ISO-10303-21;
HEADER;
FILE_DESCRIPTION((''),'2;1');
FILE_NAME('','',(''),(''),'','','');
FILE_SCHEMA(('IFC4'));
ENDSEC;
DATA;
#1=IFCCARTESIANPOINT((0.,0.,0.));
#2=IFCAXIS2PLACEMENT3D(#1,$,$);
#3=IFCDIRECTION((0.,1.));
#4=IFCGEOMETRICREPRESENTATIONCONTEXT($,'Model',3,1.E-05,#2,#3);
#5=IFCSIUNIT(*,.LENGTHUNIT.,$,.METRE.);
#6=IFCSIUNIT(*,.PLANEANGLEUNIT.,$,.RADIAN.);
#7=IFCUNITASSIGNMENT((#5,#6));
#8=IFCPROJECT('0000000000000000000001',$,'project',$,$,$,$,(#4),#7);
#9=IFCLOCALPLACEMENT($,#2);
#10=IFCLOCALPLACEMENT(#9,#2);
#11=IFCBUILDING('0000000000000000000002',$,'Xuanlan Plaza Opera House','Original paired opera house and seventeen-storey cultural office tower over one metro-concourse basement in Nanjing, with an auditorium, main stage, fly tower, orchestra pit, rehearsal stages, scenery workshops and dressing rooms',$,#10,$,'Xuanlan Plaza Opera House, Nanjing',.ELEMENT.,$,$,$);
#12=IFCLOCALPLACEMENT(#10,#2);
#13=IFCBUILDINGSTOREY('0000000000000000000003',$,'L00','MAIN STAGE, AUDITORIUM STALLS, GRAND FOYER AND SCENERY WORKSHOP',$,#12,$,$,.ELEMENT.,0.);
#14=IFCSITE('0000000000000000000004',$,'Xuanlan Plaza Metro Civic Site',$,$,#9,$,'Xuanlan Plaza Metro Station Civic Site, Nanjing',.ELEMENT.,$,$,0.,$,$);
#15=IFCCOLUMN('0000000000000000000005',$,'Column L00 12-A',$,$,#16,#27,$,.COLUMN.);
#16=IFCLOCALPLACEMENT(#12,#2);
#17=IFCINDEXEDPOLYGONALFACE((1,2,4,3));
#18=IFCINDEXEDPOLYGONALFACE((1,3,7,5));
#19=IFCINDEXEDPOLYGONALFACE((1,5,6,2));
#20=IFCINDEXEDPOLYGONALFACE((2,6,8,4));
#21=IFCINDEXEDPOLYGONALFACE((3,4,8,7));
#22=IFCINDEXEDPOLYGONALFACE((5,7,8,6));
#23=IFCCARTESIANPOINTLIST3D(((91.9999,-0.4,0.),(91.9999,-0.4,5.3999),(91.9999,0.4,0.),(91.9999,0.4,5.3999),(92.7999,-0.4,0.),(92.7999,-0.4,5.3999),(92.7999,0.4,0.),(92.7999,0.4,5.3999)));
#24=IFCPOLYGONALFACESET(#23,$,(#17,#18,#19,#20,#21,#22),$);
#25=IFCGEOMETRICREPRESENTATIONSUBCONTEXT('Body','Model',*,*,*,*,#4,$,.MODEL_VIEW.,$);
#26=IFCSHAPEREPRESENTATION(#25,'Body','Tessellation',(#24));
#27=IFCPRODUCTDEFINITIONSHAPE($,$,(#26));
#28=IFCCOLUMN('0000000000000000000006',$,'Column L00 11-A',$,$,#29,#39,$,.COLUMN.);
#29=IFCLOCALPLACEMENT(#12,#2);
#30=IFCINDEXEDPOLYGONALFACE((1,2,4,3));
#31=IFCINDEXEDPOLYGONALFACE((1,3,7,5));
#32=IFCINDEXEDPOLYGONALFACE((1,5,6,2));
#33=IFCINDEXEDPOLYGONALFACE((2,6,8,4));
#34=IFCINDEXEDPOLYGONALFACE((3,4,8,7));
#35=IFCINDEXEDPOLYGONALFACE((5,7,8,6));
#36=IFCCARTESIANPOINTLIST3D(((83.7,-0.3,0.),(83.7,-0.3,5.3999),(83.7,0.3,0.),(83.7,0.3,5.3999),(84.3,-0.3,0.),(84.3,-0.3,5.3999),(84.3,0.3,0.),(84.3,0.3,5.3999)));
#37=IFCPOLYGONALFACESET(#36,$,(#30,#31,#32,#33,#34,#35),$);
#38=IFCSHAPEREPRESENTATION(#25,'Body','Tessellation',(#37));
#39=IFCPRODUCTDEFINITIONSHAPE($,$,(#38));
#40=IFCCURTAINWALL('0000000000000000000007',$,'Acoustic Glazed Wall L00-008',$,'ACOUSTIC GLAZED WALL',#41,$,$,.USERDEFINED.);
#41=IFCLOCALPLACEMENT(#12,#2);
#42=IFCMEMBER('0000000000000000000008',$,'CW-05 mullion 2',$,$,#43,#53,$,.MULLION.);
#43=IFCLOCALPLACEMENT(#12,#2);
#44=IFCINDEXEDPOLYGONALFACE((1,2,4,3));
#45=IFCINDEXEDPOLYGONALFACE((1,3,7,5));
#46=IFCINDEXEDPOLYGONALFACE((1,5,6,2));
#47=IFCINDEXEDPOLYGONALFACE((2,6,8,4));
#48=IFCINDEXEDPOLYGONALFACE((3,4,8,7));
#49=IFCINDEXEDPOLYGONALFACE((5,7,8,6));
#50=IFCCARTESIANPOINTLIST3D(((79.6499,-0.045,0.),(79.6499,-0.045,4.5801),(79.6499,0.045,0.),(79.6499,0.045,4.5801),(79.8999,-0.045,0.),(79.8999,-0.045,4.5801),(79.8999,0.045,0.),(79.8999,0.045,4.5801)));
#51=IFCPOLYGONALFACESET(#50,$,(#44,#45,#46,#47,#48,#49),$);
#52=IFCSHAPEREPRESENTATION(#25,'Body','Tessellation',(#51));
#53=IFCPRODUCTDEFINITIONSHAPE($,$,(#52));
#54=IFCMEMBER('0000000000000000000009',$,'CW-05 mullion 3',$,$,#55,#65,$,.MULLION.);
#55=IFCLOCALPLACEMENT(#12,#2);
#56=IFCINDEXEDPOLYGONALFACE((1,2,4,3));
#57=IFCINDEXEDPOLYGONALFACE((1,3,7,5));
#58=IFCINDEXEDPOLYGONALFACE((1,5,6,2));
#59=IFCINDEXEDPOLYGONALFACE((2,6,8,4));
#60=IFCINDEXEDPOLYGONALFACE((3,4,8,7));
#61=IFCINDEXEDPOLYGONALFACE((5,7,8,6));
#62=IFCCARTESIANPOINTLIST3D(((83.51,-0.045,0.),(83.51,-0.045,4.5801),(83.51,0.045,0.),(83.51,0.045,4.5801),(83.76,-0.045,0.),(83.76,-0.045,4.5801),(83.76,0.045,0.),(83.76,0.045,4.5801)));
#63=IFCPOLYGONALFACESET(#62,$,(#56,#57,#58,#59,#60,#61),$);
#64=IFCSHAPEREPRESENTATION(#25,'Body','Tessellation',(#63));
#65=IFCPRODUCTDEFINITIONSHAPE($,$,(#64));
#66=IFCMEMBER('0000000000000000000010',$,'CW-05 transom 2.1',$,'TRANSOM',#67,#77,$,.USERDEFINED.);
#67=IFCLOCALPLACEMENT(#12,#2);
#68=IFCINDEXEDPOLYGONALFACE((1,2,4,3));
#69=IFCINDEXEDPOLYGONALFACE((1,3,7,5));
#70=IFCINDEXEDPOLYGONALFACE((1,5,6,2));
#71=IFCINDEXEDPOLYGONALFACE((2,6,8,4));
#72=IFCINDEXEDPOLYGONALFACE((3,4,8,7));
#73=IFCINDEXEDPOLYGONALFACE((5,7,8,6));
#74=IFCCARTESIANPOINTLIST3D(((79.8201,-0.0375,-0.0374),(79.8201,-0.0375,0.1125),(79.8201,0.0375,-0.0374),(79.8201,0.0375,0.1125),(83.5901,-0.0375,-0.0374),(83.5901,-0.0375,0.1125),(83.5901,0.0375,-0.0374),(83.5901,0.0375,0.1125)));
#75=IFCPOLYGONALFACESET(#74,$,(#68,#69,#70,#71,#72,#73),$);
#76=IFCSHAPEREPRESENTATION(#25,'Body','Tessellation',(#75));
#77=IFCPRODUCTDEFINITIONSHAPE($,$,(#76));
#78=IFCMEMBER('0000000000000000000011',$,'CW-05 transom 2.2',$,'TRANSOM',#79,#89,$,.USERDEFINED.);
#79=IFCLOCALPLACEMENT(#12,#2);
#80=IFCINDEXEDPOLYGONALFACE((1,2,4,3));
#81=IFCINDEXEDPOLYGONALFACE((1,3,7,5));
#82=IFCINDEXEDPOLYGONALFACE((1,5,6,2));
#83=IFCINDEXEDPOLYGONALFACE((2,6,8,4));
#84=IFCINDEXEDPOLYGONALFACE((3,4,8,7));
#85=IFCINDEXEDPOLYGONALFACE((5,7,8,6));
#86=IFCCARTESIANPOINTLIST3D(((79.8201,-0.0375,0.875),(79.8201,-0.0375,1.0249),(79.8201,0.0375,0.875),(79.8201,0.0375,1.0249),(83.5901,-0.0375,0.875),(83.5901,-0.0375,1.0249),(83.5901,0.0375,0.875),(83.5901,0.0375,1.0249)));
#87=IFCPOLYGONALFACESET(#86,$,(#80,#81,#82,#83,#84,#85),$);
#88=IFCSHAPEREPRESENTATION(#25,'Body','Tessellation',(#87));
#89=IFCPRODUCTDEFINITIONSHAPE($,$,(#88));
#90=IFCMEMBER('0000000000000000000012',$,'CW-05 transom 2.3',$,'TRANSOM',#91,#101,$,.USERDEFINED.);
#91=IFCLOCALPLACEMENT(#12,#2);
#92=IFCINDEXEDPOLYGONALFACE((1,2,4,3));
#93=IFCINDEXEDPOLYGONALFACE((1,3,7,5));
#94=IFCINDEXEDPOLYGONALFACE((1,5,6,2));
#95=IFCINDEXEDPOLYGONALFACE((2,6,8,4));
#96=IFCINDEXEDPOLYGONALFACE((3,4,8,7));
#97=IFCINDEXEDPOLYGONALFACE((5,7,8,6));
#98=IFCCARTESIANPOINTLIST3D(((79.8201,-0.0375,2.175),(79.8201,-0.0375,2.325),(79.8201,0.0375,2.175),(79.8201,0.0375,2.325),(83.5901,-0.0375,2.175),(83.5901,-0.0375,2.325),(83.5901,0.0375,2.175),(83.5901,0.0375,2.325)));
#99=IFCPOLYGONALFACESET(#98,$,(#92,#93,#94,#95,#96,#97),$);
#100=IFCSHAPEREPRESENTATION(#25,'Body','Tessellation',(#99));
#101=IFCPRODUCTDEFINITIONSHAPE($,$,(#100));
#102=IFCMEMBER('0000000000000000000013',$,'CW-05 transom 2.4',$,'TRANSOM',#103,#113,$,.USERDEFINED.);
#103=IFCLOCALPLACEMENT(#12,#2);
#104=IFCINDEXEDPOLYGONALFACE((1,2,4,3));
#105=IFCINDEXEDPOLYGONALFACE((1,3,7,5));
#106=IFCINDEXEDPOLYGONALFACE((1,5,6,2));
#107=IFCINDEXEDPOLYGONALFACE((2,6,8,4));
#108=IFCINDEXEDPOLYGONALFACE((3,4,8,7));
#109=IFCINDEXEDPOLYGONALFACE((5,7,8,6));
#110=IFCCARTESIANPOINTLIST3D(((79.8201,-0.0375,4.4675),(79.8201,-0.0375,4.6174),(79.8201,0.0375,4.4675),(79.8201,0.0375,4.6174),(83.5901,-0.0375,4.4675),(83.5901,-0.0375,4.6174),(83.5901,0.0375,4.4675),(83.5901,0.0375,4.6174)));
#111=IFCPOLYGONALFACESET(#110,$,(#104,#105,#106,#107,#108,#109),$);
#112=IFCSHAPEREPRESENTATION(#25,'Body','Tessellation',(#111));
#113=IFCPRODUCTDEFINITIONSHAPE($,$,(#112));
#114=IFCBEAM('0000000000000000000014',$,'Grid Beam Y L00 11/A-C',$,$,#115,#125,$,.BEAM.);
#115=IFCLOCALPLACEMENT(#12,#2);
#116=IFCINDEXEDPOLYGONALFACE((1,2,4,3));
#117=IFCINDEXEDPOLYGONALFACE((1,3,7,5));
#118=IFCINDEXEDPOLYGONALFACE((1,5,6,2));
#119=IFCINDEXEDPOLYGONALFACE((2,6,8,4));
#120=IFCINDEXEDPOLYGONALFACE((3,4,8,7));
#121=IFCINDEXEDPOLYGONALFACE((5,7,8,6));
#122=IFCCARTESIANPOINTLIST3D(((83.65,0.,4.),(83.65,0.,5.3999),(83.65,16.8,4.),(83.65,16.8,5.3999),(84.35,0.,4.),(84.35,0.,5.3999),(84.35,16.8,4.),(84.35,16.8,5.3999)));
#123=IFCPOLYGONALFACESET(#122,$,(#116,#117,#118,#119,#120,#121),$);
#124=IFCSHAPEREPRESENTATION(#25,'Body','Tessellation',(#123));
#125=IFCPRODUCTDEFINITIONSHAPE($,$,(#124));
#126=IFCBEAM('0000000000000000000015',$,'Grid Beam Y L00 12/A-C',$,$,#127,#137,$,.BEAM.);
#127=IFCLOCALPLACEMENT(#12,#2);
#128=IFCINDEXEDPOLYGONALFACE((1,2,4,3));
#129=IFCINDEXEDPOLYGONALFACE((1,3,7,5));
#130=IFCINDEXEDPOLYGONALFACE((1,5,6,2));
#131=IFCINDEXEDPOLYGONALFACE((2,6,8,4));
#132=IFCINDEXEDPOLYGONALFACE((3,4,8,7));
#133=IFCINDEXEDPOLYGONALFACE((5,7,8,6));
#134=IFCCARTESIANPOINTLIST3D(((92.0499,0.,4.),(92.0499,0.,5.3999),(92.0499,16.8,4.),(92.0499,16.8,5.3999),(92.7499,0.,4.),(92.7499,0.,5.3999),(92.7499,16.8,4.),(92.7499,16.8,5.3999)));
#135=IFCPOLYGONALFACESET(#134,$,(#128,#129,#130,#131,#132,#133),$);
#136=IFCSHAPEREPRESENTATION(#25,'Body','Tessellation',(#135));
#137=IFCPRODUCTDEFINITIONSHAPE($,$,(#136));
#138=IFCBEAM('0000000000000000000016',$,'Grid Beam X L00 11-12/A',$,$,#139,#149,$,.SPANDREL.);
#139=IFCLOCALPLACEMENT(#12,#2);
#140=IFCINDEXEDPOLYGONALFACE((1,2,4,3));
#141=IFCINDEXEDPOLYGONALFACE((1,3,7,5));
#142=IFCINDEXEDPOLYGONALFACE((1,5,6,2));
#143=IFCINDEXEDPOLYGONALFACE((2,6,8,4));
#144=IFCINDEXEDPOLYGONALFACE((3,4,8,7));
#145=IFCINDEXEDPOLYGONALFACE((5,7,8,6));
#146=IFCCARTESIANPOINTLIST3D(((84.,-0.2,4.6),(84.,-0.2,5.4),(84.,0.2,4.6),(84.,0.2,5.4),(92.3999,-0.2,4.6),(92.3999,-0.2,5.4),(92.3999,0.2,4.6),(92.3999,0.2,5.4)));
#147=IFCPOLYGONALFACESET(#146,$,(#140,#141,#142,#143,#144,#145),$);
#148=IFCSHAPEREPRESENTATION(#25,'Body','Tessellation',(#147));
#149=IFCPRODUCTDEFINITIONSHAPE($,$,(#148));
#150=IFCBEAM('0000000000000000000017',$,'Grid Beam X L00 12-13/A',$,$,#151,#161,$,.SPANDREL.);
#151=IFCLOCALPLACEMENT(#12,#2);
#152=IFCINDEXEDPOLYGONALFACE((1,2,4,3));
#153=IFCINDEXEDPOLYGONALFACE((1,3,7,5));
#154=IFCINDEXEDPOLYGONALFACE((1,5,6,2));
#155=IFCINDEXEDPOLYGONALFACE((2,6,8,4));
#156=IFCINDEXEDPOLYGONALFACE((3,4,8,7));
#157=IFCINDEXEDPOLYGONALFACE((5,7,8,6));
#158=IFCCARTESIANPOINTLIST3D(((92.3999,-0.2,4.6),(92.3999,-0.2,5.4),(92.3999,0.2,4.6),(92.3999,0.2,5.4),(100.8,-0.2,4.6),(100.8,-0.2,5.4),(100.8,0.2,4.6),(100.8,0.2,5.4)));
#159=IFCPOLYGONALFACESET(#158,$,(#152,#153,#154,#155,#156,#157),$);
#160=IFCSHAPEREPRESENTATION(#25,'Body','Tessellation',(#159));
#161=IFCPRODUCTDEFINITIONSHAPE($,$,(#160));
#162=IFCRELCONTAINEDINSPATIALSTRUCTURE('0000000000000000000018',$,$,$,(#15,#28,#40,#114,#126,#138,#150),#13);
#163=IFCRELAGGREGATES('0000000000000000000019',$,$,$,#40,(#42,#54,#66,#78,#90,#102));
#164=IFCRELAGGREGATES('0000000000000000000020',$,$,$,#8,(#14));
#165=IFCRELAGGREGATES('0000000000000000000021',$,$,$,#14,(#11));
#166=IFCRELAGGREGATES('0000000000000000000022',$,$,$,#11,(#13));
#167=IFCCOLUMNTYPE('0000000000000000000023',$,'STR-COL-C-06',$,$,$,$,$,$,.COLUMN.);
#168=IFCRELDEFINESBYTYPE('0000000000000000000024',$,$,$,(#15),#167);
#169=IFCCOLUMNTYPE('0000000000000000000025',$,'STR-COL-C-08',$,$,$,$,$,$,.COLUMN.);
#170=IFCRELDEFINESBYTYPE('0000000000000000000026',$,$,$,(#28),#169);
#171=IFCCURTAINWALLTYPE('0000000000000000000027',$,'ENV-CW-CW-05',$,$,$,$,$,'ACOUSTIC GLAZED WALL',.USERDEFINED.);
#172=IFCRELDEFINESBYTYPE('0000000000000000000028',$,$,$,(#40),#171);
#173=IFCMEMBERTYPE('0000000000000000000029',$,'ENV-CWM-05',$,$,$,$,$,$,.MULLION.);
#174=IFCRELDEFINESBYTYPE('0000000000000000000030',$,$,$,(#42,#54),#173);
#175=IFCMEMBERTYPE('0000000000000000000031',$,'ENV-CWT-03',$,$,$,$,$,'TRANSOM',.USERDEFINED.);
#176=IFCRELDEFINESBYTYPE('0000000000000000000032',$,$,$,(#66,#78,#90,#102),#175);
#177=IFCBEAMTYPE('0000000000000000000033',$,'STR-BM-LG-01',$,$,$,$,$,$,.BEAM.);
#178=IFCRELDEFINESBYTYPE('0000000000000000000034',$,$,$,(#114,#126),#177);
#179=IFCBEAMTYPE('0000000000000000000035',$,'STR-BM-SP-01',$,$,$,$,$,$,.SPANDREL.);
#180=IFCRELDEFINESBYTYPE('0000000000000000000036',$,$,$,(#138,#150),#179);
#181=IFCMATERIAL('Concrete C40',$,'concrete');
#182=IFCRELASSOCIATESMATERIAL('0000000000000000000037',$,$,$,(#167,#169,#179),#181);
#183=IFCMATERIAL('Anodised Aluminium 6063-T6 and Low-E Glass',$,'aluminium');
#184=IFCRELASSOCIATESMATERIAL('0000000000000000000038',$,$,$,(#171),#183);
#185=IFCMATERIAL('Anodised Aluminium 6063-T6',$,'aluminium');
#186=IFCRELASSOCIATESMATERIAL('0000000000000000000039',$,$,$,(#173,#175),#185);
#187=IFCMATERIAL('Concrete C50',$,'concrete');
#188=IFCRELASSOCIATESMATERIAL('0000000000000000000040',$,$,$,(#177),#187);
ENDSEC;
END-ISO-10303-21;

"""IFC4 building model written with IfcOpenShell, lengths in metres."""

from ifc_helpers import new_model, si_unit, direction, frame, origin, origin_2d, place, context, subcontext, project, spatial, rectangle, extrude, material, material_profile, profile_set, type_object, element, aggregate, save


model = new_model("IFC4")

# Units and contexts
model_context = context("Model", 3, precision=1e-05, world=origin(), true_north=direction((0.0, 1.0)))
body_context = subcontext(model_context, "Body", "Model", "MODEL_VIEW")
ifc_project = project(units=[si_unit("LENGTHUNIT", "METRE"), si_unit("PLANEANGLEUNIT", "RADIAN")], contexts=[model_context])

# Site, building, storey
site_placement = place(None, origin())
site = spatial("IfcSite", under=ifc_project, at=site_placement, Name="Xuanlan Plaza Metro Civic Site", LongName="Xuanlan Plaza Metro Station Civic Site, Nanjing", CompositionType="ELEMENT", RefElevation=0.0)
building_placement = place(site_placement, origin())
building = spatial("IfcBuilding", under=site, at=building_placement, Name="Xuanlan Plaza Opera House", Description="Original paired opera house and seventeen-storey cultural office tower over one metro-concourse basement in Nanjing, with an auditorium, main stage, fly tower, orchestra pit, rehearsal stages, scenery workshops and dressing rooms", LongName="Xuanlan Plaza Opera House, Nanjing", CompositionType="ELEMENT")
storey_placement = place(building_placement, origin())
storey = spatial("IfcBuildingStorey", under=building, at=storey_placement, Name="L00", Description="MAIN STAGE, AUDITORIUM STALLS, GRAND FOYER AND SCENERY WORKSHOP", CompositionType="ELEMENT", Elevation=0.0)

# Columns
ifc_material_1 = material(Name="Concrete C40", Category="concrete")
ifc_material_profile_1 = material_profile(ifc_material_1, rectangle(XDim=0.8, YDim=0.8, at=origin_2d()), Name="RC-COL 800x800")
ifc_profile_set_1 = profile_set([ifc_material_profile_1], Name="Concrete C40")
column_type_1 = type_object("IfcColumnType", Name="STR-COL-C-06", PredefinedType="COLUMN", material=ifc_profile_set_1)
column_1_placement = place(storey_placement, frame((92.3999, 0.0, 0.0), z_axis=(0.0, 0.0, 1.0), x_axis=(1.0, 0.0, 0.0)))
element("IfcColumn", 1, at=column_1_placement, inside=storey, type_object=column_type_1, Name="Column L00 12-A", PredefinedType="COLUMN", context=body_context, shape_type="SweptSolid", body=[
    extrude(rectangle(XDim=0.8, YDim=0.8, at=origin_2d()), origin(), (0.0, 0.0, 1.0), 5.3999),
])
ifc_material_profile_2 = material_profile(ifc_material_1, rectangle(XDim=0.6001, YDim=0.6001, at=origin_2d()), Name="RC-COL 600x600")
ifc_profile_set_2 = profile_set([ifc_material_profile_2], Name="Concrete C40")
column_type_2 = type_object("IfcColumnType", Name="STR-COL-C-08", PredefinedType="COLUMN", material=ifc_profile_set_2)
column_2_placement = place(storey_placement, frame((84.0, 0.0, 0.0), z_axis=(0.0, 0.0, 1.0), x_axis=(1.0, 0.0, 0.0)))
element("IfcColumn", 2, at=column_2_placement, inside=storey, type_object=column_type_2, Name="Column L00 11-A", PredefinedType="COLUMN", context=body_context, shape_type="SweptSolid", body=[
    extrude(rectangle(XDim=0.6001, YDim=0.6001, at=origin_2d()), origin(), (0.0, 0.0, 1.0), 5.3999),
])

# Curtain wall, members
ifc_material_2 = material(Name="Anodised Aluminium 6063-T6 and Low-E Glass", Category="aluminium")
curtain_wall_type = type_object("IfcCurtainWallType", Name="ENV-CW-CW-05", ElementType="ACOUSTIC GLAZED WALL", PredefinedType="USERDEFINED", material=ifc_material_2)
curtain_wall_placement = place(storey_placement, origin())
curtain_wall = element("IfcCurtainWall", 3, at=curtain_wall_placement, inside=storey, type_object=curtain_wall_type, Name="Acoustic Glazed Wall L00-008", ObjectType="ACOUSTIC GLAZED WALL", PredefinedType="USERDEFINED")
ifc_material_3 = material(Name="Anodised Aluminium 6063-T6", Category="aluminium")
ifc_material_profile_3 = material_profile(ifc_material_3, rectangle(XDim=0.0901, YDim=0.25, at=origin_2d()), Name="ALU-M 90x250")
ifc_profile_set_3 = profile_set([ifc_material_profile_3], Name="Anodised Aluminium 6063-T6")
member_type_1 = type_object("IfcMemberType", Name="ENV-CWM-05", PredefinedType="MULLION", material=ifc_profile_set_3)
member_1_placement = place(storey_placement, frame((79.7749, 0.0, 0.0), z_axis=(0.0, 0.0, 1.0), x_axis=(0.0, 1.0, 0.0)))
member_1 = element("IfcMember", 4, at=member_1_placement, type_object=member_type_1, Name="CW-05 mullion 2", PredefinedType="MULLION", context=body_context, shape_type="SweptSolid", body=[
    extrude(rectangle(XDim=0.0901, YDim=0.25, at=origin_2d()), origin(), (0.0, 0.0, 1.0), 4.5801),
])
member_2_placement = place(storey_placement, frame((83.635, 0.0, 0.0), z_axis=(0.0, 0.0, 1.0), x_axis=(0.0, 1.0, 0.0)))
member_2 = element("IfcMember", 5, at=member_2_placement, type_object=member_type_1, Name="CW-05 mullion 3", PredefinedType="MULLION", context=body_context, shape_type="SweptSolid", body=[
    extrude(rectangle(XDim=0.0901, YDim=0.25, at=origin_2d()), origin(), (0.0, 0.0, 1.0), 4.5801),
])
ifc_material_profile_4 = material_profile(ifc_material_3, rectangle(XDim=0.075, YDim=0.1499, at=origin_2d()), Name="ALU-T 75x150")
ifc_profile_set_4 = profile_set([ifc_material_profile_4], Name="Anodised Aluminium 6063-T6")
member_type_2 = type_object("IfcMemberType", Name="ENV-CWT-03", ElementType="TRANSOM", PredefinedType="USERDEFINED", material=ifc_profile_set_4)
member_3_placement = place(storey_placement, frame((79.8201, 0.0, 0.0376), z_axis=(1.0, 0.0, 0.0), x_axis=(0.0, 1.0, 0.0)))
member_3 = element("IfcMember", 6, at=member_3_placement, type_object=member_type_2, Name="CW-05 transom 2.1", ObjectType="TRANSOM", PredefinedType="USERDEFINED", context=body_context, shape_type="SweptSolid", body=[
    extrude(rectangle(XDim=0.075, YDim=0.1499, at=origin_2d()), origin(), (0.0, 0.0, 1.0), 3.77),
])
member_4_placement = place(storey_placement, frame((79.8201, 0.0, 0.95), z_axis=(1.0, 0.0, 0.0), x_axis=(0.0, 1.0, 0.0)))
member_4 = element("IfcMember", 7, at=member_4_placement, type_object=member_type_2, Name="CW-05 transom 2.2", ObjectType="TRANSOM", PredefinedType="USERDEFINED", context=body_context, shape_type="SweptSolid", body=[
    extrude(rectangle(XDim=0.075, YDim=0.1499, at=origin_2d()), origin(), (0.0, 0.0, 1.0), 3.77),
])
member_5_placement = place(storey_placement, frame((79.8201, 0.0, 2.25), z_axis=(1.0, 0.0, 0.0), x_axis=(0.0, 1.0, 0.0)))
member_5 = element("IfcMember", 8, at=member_5_placement, type_object=member_type_2, Name="CW-05 transom 2.3", ObjectType="TRANSOM", PredefinedType="USERDEFINED", context=body_context, shape_type="SweptSolid", body=[
    extrude(rectangle(XDim=0.075, YDim=0.1499, at=origin_2d()), origin(), (0.0, 0.0, 1.0), 3.77),
])
member_6_placement = place(storey_placement, frame((79.8201, 0.0, 4.5425), z_axis=(1.0, 0.0, 0.0), x_axis=(0.0, 1.0, 0.0)))
member_6 = element("IfcMember", 9, at=member_6_placement, type_object=member_type_2, Name="CW-05 transom 2.4", ObjectType="TRANSOM", PredefinedType="USERDEFINED", context=body_context, shape_type="SweptSolid", body=[
    extrude(rectangle(XDim=0.075, YDim=0.1499, at=origin_2d()), origin(), (0.0, 0.0, 1.0), 3.77),
])

# Beams
ifc_material_4 = material(Name="Concrete C50", Category="concrete")
ifc_material_profile_5 = material_profile(ifc_material_4, rectangle(XDim=0.7, YDim=1.3999, at=origin_2d()), Name="RC-LG 700x1400")
ifc_profile_set_5 = profile_set([ifc_material_profile_5], Name="Concrete C50")
beam_type_1 = type_object("IfcBeamType", Name="STR-BM-LG-01", PredefinedType="BEAM", material=ifc_profile_set_5)
for number, where, z_axis, x_axis, name in (
    (10, (84.0, 0.0, 4.7), (0.0, 1.0, 0.0), (-1.0, 0.0, 0.0), "Grid Beam Y L00 11/A-C"),
    (11, (92.3999, 0.0, 4.7), (0.0, 1.0, 0.0), (-1.0, 0.0, 0.0), "Grid Beam Y L00 12/A-C"),
):
    element("IfcBeam", number, at=place(storey_placement, frame(where, z_axis=z_axis, x_axis=x_axis)), inside=storey, type_object=beam_type_1, Name=name, PredefinedType="BEAM", context=body_context, shape_type="SweptSolid", body=[
        extrude(rectangle(XDim=0.7, YDim=1.3999, at=origin_2d()), origin(), (0.0, 0.0, 1.0), 16.8),
    ])
ifc_material_profile_6 = material_profile(ifc_material_1, rectangle(XDim=0.3999, YDim=0.8, at=origin_2d()), Name="RC-SPD 400x800")
ifc_profile_set_6 = profile_set([ifc_material_profile_6], Name="Concrete C40")
beam_type_2 = type_object("IfcBeamType", Name="STR-BM-SP-01", PredefinedType="SPANDREL", material=ifc_profile_set_6)
beam_1_placement = place(storey_placement, frame((84.0, 0.0, 5.0), z_axis=(1.0, 0.0, 0.0), x_axis=(0.0, 1.0, 0.0)))
element("IfcBeam", 12, at=beam_1_placement, inside=storey, type_object=beam_type_2, Name="Grid Beam X L00 11-12/A", PredefinedType="SPANDREL", context=body_context, shape_type="SweptSolid", body=[
    extrude(rectangle(XDim=0.3999, YDim=0.8, at=origin_2d()), origin(), (0.0, 0.0, 1.0), 8.3999),
])
beam_2_placement = place(storey_placement, frame((92.3999, 0.0, 5.0), z_axis=(1.0, 0.0, 0.0), x_axis=(0.0, 1.0, 0.0)))
element("IfcBeam", 13, at=beam_2_placement, inside=storey, type_object=beam_type_2, Name="Grid Beam X L00 12-13/A", PredefinedType="SPANDREL", context=body_context, shape_type="SweptSolid", body=[
    extrude(rectangle(XDim=0.3999, YDim=0.8, at=origin_2d()), origin(), (0.0, 0.0, 1.0), 8.4001),
])

aggregate(curtain_wall, [member_1, member_2, member_3, member_4, member_5, member_6])

save(model, "model.ifc")
